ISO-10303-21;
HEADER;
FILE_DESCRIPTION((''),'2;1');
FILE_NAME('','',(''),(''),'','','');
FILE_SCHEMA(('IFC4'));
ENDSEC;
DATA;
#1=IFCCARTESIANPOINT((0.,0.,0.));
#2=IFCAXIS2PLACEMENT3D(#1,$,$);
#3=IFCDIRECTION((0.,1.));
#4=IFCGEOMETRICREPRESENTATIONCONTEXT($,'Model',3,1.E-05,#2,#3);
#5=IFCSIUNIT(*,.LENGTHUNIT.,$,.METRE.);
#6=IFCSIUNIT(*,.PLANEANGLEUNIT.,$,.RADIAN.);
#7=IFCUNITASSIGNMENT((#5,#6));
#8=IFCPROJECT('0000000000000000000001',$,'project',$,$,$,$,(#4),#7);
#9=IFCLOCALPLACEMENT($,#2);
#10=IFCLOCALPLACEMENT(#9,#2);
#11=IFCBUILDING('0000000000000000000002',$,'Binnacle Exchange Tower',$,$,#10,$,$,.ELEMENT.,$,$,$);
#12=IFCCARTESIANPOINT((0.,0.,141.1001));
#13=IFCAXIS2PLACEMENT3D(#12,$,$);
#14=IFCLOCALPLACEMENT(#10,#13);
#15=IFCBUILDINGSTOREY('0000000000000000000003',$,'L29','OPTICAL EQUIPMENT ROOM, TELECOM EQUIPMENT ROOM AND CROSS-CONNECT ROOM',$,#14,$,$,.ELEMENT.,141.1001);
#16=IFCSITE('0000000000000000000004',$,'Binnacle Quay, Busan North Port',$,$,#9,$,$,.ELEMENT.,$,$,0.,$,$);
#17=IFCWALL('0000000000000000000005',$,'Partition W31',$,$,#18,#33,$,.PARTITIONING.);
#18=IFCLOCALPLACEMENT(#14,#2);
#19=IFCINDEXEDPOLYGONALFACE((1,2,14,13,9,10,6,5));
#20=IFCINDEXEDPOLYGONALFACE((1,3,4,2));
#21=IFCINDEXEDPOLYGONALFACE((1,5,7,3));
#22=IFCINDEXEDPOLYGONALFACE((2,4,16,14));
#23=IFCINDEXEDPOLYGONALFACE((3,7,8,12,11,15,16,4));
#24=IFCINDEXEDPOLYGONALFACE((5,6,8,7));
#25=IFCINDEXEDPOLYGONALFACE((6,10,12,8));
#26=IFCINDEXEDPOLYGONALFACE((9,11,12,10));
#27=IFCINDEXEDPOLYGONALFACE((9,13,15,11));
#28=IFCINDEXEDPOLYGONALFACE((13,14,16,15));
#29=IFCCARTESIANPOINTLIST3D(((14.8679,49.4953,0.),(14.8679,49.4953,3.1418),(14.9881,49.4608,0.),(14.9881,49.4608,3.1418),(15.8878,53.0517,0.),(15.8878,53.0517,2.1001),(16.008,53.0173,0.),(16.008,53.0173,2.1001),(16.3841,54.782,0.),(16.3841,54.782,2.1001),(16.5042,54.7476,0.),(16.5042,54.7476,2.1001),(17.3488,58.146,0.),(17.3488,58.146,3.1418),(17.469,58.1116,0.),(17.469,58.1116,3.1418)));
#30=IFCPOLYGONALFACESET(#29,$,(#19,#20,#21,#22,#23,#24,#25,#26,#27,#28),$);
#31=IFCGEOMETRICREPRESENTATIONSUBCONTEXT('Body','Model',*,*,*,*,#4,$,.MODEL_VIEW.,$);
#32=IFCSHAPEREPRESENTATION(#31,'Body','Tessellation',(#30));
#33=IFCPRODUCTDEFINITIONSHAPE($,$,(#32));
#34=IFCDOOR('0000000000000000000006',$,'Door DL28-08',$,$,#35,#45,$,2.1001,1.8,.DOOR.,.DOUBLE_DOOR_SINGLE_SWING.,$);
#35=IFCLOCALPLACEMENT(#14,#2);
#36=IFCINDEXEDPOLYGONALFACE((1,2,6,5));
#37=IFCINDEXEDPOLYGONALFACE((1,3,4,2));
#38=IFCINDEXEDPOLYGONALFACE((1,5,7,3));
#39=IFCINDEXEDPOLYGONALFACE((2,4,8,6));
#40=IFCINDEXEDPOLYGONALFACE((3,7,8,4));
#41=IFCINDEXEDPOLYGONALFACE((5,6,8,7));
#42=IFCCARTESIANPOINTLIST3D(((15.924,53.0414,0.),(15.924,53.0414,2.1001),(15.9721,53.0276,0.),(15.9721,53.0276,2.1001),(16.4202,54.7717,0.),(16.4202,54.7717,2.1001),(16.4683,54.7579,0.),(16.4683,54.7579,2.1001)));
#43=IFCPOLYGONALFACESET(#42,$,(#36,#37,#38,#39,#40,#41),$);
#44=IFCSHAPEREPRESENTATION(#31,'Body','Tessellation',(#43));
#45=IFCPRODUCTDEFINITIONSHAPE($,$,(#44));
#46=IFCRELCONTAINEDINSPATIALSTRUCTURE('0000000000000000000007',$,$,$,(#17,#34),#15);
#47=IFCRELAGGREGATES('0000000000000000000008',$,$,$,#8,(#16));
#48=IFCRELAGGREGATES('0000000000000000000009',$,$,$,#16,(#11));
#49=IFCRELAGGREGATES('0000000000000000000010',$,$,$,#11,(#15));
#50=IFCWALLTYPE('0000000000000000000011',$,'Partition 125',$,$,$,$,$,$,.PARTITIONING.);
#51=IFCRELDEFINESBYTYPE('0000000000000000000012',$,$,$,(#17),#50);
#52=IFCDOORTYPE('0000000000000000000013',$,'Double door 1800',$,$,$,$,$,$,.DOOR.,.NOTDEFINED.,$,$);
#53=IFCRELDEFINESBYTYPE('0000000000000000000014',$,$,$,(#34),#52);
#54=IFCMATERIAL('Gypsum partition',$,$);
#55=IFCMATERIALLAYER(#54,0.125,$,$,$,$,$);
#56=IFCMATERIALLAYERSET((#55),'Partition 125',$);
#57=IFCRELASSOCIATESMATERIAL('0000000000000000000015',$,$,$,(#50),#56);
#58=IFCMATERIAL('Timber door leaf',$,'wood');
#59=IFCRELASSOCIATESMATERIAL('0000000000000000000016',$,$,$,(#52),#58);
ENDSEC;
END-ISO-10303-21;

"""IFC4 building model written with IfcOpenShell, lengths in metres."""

from ifc_helpers import new_model, si_unit, direction, frame, frame_2d, origin, place, context, subcontext, project, spatial, rectangle, extrude, material, layer, layer_set, type_object, element, fill, save


model = new_model("IFC4")

# Units and contexts
model_context = context("Model", 3, precision=1e-05, world=origin(), true_north=direction((0.0, 1.0)))
body_context = subcontext(model_context, "Body", "Model", "MODEL_VIEW")
ifc_project = project(units=[si_unit("LENGTHUNIT", "METRE"), si_unit("PLANEANGLEUNIT", "RADIAN")], contexts=[model_context])

# Site, building, storey
site_placement = place(None, origin())
site = spatial("IfcSite", under=ifc_project, at=site_placement, Name="Binnacle Quay, Busan North Port", CompositionType="ELEMENT", RefElevation=0.0)
building_placement = place(site_placement, origin())
building = spatial("IfcBuilding", under=site, at=building_placement, Name="Binnacle Exchange Tower", CompositionType="ELEMENT")
storey_placement = place(building_placement, frame((0.0, 0.0, 141.1001)))
storey = spatial("IfcBuildingStorey", under=building, at=storey_placement, Name="L29", Description="OPTICAL EQUIPMENT ROOM, TELECOM EQUIPMENT ROOM AND CROSS-CONNECT ROOM", CompositionType="ELEMENT", Elevation=141.1001)

# Shared definitions
ifc_material_1 = material(Name="Gypsum partition")
ifc_layer_1 = layer(ifc_material_1, 0.125)
ifc_layer_set_1 = layer_set([ifc_layer_1], Name="Partition 125")
wall_type_1 = type_object("IfcWallType", Name="Partition 125", PredefinedType="PARTITIONING", material=ifc_layer_set_1)

# Shared definitions
ifc_material_2 = material(Name="Timber door leaf", Category="wood")

# Wall, opening, door
wall_1_placement = place(storey_placement, frame((14.928, 49.478, 0.0), z_axis=(0.0, 0.0, 1.0), x_axis=(0.275674, 0.961251, 0.0)))
wall_1 = element("IfcWall", 1, at=wall_1_placement, inside=storey, type_object=wall_type_1, Name="Partition W31", PredefinedType="PARTITIONING", context=body_context, shape_type="SweptSolid", body=[
    extrude(rectangle(XDim=8.9995, YDim=0.125, at=frame_2d((4.4998, 0.0))), origin(), (0.0, 0.0, 1.0), 3.1418),
])
opening_1_placement = place(wall_1_placement, frame((3.7, 0.0, 0.0)))
opening_1 = element("IfcOpeningElement", 2, at=opening_1_placement, cuts=wall_1, PredefinedType="OPENING", context=body_context, shape_type="SweptSolid", body=[
    extrude(rectangle(XDim=1.8, YDim=2.1001, at=frame_2d((0.8999, 1.05))), frame((0.0, 0.0725, 0.0), z_axis=(0.0, -1.0, 0.0), x_axis=(1.0, 0.0, 0.0)), (0.0, 0.0, 1.0), 0.145),
])
door_type_1 = type_object("IfcDoorType", Name="Double door 1800", OperationType="NOTDEFINED", PredefinedType="DOOR", material=ifc_material_2)
door_1_placement = place(opening_1_placement, origin())
door_1 = element("IfcDoor", 3, at=door_1_placement, inside=storey, type_object=door_type_1, Name="Door DL28-08", OperationType="DOUBLE_DOOR_SINGLE_SWING", OverallHeight=2.1001, OverallWidth=1.8, PredefinedType="DOOR", context=body_context, shape_type="SweptSolid", body=[
    extrude(rectangle(XDim=1.8, YDim=2.1001, at=frame_2d((0.8999, 1.05))), frame((0.0, 0.0249, 0.0), z_axis=(0.0, -1.0, 0.0), x_axis=(1.0, 0.0, 0.0)), (0.0, 0.0, 1.0), 0.05),
])
fill(opening_1, door_1)

save(model, "model.ifc")
